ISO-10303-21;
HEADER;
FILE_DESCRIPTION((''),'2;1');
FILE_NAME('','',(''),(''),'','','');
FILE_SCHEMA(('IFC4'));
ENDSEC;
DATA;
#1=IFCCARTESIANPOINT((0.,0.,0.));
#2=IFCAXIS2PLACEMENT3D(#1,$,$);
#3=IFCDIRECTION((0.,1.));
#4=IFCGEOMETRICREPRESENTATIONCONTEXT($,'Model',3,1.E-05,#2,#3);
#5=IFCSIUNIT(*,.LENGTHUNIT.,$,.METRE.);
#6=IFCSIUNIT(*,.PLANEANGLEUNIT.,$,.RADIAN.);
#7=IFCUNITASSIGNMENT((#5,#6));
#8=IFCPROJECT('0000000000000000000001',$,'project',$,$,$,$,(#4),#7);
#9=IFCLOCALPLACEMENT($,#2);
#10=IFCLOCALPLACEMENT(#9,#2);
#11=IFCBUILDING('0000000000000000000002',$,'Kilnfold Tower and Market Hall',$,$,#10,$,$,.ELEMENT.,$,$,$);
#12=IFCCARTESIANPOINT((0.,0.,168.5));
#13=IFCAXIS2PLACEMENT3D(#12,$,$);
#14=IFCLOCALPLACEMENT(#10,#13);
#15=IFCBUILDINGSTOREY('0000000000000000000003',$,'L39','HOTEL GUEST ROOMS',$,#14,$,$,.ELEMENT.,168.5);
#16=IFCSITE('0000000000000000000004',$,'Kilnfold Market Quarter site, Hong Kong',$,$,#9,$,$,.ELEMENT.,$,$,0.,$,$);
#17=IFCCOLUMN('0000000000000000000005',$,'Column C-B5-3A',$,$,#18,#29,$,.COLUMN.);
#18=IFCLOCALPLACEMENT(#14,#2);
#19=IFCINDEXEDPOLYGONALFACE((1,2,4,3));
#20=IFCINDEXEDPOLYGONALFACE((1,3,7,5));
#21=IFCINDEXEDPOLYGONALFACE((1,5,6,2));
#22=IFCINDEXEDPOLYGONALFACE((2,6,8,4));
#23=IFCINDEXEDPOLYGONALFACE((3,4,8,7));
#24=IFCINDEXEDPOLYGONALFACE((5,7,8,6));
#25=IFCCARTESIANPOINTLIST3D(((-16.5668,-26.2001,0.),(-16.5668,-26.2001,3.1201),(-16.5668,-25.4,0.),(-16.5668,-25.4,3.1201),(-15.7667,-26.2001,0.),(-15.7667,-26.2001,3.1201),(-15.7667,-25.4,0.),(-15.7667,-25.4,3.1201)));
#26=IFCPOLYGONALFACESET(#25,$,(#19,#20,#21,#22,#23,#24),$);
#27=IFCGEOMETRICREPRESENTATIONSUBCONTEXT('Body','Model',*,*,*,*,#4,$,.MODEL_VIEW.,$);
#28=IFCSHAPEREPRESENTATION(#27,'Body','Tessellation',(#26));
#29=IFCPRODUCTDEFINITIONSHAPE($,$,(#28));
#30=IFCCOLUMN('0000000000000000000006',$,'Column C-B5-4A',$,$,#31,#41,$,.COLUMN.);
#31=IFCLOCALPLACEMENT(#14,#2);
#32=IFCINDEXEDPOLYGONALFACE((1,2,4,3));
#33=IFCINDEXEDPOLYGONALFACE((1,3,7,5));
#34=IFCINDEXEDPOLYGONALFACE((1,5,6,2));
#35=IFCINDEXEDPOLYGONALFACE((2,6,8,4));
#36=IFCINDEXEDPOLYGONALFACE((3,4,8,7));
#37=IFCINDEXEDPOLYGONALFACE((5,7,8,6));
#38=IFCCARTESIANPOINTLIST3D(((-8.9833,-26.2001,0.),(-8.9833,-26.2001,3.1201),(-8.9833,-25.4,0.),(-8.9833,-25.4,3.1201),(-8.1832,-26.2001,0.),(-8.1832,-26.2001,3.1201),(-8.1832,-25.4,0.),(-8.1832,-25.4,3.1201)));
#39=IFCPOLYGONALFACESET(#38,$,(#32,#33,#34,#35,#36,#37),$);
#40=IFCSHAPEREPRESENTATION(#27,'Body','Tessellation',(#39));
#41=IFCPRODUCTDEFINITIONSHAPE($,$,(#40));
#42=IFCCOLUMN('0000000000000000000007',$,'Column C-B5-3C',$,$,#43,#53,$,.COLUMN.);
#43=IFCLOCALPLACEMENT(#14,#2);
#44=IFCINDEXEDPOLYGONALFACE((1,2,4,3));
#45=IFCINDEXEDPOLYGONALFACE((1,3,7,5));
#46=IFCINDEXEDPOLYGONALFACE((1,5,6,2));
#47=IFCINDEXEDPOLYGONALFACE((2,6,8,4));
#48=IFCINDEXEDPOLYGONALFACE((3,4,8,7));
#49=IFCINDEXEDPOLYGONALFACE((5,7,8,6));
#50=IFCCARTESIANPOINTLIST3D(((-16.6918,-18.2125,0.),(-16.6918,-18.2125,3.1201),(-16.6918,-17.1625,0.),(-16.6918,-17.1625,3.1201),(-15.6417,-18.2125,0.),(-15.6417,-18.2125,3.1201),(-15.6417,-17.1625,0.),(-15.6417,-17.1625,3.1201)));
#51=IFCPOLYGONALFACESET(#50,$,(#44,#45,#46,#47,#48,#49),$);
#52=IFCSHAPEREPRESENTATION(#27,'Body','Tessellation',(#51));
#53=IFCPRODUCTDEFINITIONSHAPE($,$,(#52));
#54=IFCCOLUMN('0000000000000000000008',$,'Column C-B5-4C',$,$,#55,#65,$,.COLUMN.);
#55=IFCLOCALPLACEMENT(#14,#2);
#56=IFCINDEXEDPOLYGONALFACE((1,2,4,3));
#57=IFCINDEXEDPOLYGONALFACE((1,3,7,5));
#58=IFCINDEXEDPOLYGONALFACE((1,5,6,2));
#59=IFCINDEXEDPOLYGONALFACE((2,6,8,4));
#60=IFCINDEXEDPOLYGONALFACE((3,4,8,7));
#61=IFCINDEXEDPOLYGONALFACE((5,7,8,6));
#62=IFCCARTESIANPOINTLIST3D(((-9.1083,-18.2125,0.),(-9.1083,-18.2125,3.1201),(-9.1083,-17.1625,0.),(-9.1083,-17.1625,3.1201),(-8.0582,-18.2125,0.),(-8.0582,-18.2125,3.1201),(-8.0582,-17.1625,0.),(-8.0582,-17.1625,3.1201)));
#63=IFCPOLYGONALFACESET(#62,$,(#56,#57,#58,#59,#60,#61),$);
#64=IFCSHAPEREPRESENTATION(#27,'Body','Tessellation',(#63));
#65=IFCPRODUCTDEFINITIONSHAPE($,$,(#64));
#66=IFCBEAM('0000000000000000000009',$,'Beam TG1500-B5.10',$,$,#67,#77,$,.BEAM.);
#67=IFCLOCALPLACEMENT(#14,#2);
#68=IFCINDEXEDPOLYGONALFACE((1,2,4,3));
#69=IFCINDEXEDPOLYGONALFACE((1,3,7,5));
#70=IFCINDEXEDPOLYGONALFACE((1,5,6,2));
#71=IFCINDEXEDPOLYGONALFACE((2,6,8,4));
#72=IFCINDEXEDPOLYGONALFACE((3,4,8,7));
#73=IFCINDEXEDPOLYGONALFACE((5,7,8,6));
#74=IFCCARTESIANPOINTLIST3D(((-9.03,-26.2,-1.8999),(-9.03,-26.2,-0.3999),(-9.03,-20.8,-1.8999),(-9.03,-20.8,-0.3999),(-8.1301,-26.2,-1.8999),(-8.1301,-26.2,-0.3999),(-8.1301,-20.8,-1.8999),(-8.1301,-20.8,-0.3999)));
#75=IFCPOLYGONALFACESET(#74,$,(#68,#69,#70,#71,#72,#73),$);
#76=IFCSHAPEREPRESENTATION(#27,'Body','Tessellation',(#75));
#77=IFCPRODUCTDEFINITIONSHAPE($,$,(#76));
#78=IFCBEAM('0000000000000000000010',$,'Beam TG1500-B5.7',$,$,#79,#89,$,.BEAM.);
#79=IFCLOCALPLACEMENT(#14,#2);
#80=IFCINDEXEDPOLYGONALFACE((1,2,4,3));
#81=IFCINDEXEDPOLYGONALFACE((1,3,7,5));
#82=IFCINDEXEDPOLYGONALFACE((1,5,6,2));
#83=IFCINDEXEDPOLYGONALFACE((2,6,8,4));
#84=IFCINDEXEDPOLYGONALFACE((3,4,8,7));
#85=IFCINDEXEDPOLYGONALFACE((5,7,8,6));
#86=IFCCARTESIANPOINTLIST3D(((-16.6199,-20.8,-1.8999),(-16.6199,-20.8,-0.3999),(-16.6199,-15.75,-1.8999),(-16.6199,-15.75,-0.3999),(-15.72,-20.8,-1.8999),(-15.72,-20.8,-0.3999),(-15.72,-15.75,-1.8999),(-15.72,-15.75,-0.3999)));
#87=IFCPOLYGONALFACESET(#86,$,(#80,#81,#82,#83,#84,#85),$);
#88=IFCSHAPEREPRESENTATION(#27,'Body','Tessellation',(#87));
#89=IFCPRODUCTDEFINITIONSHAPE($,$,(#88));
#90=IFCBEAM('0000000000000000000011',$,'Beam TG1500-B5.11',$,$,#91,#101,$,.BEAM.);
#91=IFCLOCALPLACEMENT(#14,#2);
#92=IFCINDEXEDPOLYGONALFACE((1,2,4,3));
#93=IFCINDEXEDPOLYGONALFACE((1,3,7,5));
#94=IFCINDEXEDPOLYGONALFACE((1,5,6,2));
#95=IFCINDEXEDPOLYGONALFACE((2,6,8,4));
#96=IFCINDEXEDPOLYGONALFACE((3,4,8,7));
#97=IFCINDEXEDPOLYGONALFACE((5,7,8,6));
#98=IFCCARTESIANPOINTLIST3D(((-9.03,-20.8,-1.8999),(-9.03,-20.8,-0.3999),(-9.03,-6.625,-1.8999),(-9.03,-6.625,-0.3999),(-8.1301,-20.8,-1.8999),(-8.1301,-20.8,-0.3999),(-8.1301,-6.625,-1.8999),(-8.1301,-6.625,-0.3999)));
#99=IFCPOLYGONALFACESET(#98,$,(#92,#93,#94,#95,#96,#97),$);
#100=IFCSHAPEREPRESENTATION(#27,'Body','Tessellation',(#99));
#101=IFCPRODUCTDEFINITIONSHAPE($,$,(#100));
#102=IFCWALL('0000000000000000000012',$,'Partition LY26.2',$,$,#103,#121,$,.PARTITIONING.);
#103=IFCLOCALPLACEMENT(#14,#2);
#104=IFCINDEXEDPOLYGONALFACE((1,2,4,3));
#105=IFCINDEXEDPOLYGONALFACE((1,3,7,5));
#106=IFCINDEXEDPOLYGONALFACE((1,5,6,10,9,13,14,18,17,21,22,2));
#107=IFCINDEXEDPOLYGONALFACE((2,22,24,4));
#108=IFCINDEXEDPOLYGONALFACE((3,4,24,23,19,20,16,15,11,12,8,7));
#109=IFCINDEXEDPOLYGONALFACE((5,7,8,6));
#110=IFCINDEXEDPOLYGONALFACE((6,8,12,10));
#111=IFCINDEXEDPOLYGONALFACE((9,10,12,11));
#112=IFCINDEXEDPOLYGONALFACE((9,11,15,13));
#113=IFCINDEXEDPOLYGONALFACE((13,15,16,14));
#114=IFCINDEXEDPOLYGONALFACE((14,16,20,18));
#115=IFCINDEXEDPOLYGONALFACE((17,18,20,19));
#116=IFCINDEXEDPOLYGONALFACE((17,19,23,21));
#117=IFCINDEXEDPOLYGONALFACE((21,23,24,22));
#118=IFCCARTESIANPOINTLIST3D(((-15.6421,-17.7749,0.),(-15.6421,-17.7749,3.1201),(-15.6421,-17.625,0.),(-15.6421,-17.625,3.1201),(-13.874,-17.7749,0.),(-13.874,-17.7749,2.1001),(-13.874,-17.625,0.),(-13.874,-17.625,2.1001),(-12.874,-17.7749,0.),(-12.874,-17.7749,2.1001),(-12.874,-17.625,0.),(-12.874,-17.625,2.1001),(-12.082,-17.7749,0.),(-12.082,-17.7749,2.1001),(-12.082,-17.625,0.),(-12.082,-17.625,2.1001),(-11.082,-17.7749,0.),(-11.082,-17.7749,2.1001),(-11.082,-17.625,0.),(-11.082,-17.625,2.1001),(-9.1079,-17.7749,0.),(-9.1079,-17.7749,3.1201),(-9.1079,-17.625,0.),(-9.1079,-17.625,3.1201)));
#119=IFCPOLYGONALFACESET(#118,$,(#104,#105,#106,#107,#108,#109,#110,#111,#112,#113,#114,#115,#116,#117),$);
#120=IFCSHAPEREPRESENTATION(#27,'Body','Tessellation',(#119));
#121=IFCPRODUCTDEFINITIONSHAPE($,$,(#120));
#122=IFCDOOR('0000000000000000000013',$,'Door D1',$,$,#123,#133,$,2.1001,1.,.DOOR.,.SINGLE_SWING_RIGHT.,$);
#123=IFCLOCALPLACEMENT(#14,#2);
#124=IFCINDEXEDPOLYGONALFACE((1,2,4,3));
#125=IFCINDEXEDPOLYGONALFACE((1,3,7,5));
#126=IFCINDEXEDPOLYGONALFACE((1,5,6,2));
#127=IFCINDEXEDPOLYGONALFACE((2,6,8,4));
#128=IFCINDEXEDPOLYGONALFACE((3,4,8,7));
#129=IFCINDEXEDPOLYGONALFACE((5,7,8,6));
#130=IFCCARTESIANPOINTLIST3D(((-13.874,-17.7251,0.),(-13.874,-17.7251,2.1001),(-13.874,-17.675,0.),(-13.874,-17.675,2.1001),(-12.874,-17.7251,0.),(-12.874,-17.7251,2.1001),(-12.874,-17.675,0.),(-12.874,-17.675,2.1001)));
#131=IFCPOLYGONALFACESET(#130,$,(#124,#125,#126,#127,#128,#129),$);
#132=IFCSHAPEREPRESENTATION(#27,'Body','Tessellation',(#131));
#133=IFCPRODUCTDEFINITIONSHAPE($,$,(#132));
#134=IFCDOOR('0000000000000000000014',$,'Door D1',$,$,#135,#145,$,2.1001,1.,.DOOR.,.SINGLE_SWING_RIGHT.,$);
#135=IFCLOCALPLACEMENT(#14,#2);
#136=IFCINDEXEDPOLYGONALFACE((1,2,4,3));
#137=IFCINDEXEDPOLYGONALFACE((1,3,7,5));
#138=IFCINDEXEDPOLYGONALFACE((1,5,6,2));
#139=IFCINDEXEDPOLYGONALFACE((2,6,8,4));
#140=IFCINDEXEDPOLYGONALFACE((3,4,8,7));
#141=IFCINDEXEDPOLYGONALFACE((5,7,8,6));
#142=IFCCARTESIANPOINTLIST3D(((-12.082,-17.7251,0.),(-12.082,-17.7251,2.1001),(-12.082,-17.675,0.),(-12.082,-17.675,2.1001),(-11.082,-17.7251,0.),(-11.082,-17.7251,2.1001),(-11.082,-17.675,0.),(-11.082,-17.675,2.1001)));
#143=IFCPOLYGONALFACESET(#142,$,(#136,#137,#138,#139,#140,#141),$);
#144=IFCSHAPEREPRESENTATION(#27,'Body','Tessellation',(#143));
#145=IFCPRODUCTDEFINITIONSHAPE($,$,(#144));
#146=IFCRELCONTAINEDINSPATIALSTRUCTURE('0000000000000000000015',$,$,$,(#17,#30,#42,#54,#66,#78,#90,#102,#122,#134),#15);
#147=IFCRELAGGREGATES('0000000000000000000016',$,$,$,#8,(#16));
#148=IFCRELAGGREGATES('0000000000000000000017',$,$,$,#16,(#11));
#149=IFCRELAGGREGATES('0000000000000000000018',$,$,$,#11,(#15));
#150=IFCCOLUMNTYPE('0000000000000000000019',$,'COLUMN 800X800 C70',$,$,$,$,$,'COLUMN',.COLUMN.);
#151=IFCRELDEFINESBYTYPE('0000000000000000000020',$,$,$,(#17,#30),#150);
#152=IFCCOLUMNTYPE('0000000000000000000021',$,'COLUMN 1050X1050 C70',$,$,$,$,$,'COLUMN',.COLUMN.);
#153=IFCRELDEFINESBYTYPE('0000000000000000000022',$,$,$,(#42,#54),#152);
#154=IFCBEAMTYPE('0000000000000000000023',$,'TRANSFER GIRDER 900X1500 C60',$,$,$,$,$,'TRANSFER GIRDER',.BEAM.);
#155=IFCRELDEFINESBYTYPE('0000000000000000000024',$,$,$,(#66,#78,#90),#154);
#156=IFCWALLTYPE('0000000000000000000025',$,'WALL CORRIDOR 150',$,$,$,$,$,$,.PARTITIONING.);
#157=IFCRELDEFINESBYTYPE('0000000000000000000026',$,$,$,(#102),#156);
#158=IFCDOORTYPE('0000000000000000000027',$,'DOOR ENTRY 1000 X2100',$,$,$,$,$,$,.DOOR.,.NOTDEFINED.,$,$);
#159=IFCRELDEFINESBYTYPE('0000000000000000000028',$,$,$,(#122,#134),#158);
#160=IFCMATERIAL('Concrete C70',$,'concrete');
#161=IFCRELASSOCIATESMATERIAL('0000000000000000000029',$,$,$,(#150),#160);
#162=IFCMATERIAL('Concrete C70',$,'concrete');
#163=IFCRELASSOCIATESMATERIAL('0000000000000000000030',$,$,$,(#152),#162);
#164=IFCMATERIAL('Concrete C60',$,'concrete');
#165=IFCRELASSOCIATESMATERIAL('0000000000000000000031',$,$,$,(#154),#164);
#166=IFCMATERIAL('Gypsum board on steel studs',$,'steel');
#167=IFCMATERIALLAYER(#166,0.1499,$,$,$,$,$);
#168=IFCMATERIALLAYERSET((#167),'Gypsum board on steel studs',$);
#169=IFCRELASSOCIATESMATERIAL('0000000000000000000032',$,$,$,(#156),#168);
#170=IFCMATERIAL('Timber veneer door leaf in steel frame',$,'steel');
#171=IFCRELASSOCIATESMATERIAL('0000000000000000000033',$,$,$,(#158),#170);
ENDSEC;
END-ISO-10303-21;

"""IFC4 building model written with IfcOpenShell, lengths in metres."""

from ifc_helpers import new_model, si_unit, direction, frame, frame_2d, origin, origin_2d, place, context, subcontext, project, spatial, rectangle, extrude, source, transform, mapped, material, layer, layer_set, material_profile, profile_set, type_object, element, fill, save


model = new_model("IFC4")

# Units and contexts
model_context = context("Model", 3, precision=1e-05, world=origin(), true_north=direction((0.0, 1.0)))
body_context = subcontext(model_context, "Body", "Model", "MODEL_VIEW")
ifc_project = project(units=[si_unit("LENGTHUNIT", "METRE"), si_unit("PLANEANGLEUNIT", "RADIAN")], contexts=[model_context])

# Site, building, storey
site_placement = place(None, origin())
site = spatial("IfcSite", under=ifc_project, at=site_placement, Name="Kilnfold Market Quarter site, Hong Kong", CompositionType="ELEMENT", RefElevation=0.0)
building_placement = place(site_placement, origin())
building = spatial("IfcBuilding", under=site, at=building_placement, Name="Kilnfold Tower and Market Hall", CompositionType="ELEMENT")
storey_placement = place(building_placement, frame((0.0, 0.0, 168.5)))
storey = spatial("IfcBuildingStorey", under=building, at=storey_placement, Name="L39", Description="HOTEL GUEST ROOMS", CompositionType="ELEMENT", Elevation=168.5)

# Columns
ifc_material_1 = material(Name="Concrete C70", Category="concrete")
ifc_material_profile_1 = material_profile(ifc_material_1, rectangle(XDim=0.8, YDim=0.8, at=origin_2d()), Name="RC 800x800")
ifc_profile_set_1 = profile_set([ifc_material_profile_1], Name="Concrete C70")
column_type_1 = type_object("IfcColumnType", Name="COLUMN 800X800 C70", ElementType="COLUMN", PredefinedType="COLUMN", material=ifc_profile_set_1)
shared_shape_1 = source(origin(), body_context, "Body", "SweptSolid", [
    extrude(rectangle(XDim=0.8, YDim=0.8, at=origin_2d()), origin(), (0.0, 0.0, 1.0), 3.1201),
])
for number, where, z_axis, x_axis, name in (
    (1, (-16.1667, -25.8, 0.0), (0.0, 0.0, 1.0), (1.0, 0.0, 0.0), "Column C-B5-3A"),
    (2, (-8.5833, -25.8, 0.0), (0.0, 0.0, 1.0), (1.0, 0.0, 0.0), "Column C-B5-4A"),
):
    element("IfcColumn", number, at=place(storey_placement, frame(where, z_axis=z_axis, x_axis=x_axis)), inside=storey, type_object=column_type_1, Name=name, PredefinedType="COLUMN", context=body_context, shape_type="MappedRepresentation", body=[
        mapped(shared_shape_1, transform((0.0, 0.0, 0.0))),
    ])
ifc_material_2 = material(Name="Concrete C70", Category="concrete")
ifc_material_profile_2 = material_profile(ifc_material_2, rectangle(XDim=1.05, YDim=1.05, at=origin_2d()), Name="RC 1050x1050")
ifc_profile_set_2 = profile_set([ifc_material_profile_2], Name="Concrete C70")
column_type_2 = type_object("IfcColumnType", Name="COLUMN 1050X1050 C70", ElementType="COLUMN", PredefinedType="COLUMN", material=ifc_profile_set_2)
shared_shape_2 = source(origin(), body_context, "Body", "SweptSolid", [
    extrude(rectangle(XDim=1.05, YDim=1.05, at=origin_2d()), origin(), (0.0, 0.0, 1.0), 3.1201),
])
for number, where, z_axis, x_axis, name in (
    (3, (-16.1667, -17.6875, 0.0), (0.0, 0.0, 1.0), (1.0, 0.0, 0.0), "Column C-B5-3C"),
    (4, (-8.5833, -17.6875, 0.0), (0.0, 0.0, 1.0), (1.0, 0.0, 0.0), "Column C-B5-4C"),
):
    element("IfcColumn", number, at=place(storey_placement, frame(where, z_axis=z_axis, x_axis=x_axis)), inside=storey, type_object=column_type_2, Name=name, PredefinedType="COLUMN", context=body_context, shape_type="MappedRepresentation", body=[
        mapped(shared_shape_2, transform((0.0, 0.0, 0.0))),
    ])

# Beams
ifc_material_3 = material(Name="Concrete C60", Category="concrete")
ifc_material_profile_3 = material_profile(ifc_material_3, rectangle(XDim=0.8999, YDim=1.5, at=origin_2d()), Name="RC 900x1500")
ifc_profile_set_3 = profile_set([ifc_material_profile_3], Name="Concrete C60")
beam_type = type_object("IfcBeamType", Name="TRANSFER GIRDER 900X1500 C60", ElementType="TRANSFER GIRDER", PredefinedType="BEAM", material=ifc_profile_set_3)
shared_shape_3 = source(origin(), body_context, "Body", "SweptSolid", [
    extrude(rectangle(XDim=0.8999, YDim=1.5, at=origin_2d()), origin(), (0.0, 0.0, 1.0), 5.3999),
])
beam_1_placement = place(storey_placement, frame((-8.5801, -26.2, -1.1499), z_axis=(0.0, 1.0, 0.0), x_axis=(-1.0, 0.0, 0.0)))
element("IfcBeam", 5, at=beam_1_placement, inside=storey, type_object=beam_type, Name="Beam TG1500-B5.10", PredefinedType="BEAM", context=body_context, shape_type="MappedRepresentation", body=[
    mapped(shared_shape_3, transform((0.0, 0.0, 0.0))),
])
shared_shape_4 = source(origin(), body_context, "Body", "SweptSolid", [
    extrude(rectangle(XDim=0.8999, YDim=1.5, at=origin_2d()), origin(), (0.0, 0.0, 1.0), 5.05),
])
beam_2_placement = place(storey_placement, frame((-16.1699, -20.8, -1.1499), z_axis=(0.0, 1.0, 0.0), x_axis=(-1.0, 0.0, 0.0)))
element("IfcBeam", 6, at=beam_2_placement, inside=storey, type_object=beam_type, Name="Beam TG1500-B5.7", PredefinedType="BEAM", context=body_context, shape_type="MappedRepresentation", body=[
    mapped(shared_shape_4, transform((0.0, 0.0, 0.0))),
])
shared_shape_5 = source(origin(), body_context, "Body", "SweptSolid", [
    extrude(rectangle(XDim=0.8999, YDim=1.5, at=origin_2d()), origin(), (0.0, 0.0, 1.0), 14.175),
])
beam_3_placement = place(storey_placement, frame((-8.5801, -20.8, -1.1499), z_axis=(0.0, 1.0, 0.0), x_axis=(-1.0, 0.0, 0.0)))
element("IfcBeam", 7, at=beam_3_placement, inside=storey, type_object=beam_type, Name="Beam TG1500-B5.11", PredefinedType="BEAM", context=body_context, shape_type="MappedRepresentation", body=[
    mapped(shared_shape_5, transform((0.0, 0.0, 0.0))),
])

# Wall, openings, doors
ifc_material_4 = material(Name="Gypsum board on steel studs", Category="steel")
ifc_layer_1 = layer(ifc_material_4, 0.1499)
ifc_layer_set_1 = layer_set([ifc_layer_1], Name="Gypsum board on steel studs")
wall_type_1 = type_object("IfcWallType", Name="WALL CORRIDOR 150", PredefinedType="PARTITIONING", material=ifc_layer_set_1)
wall_1_placement = place(storey_placement, frame((-15.6421, -17.7, 0.0), z_axis=(0.0, 0.0, 1.0), x_axis=(1.0, 0.0, 0.0)))
wall_1 = element("IfcWall", 8, at=wall_1_placement, inside=storey, type_object=wall_type_1, Name="Partition LY26.2", PredefinedType="PARTITIONING", context=body_context, shape_type="SweptSolid", body=[
    extrude(rectangle(XDim=6.5342, YDim=0.1499, at=frame_2d((3.2671, 0.0))), origin(), (0.0, 0.0, 1.0), 3.1201),
])
opening_1_placement = place(wall_1_placement, frame((1.7681, 0.0, 0.0)))
opening_1 = element("IfcOpeningElement", 9, at=opening_1_placement, cuts=wall_1, PredefinedType="OPENING", context=body_context, shape_type="SweptSolid", body=[
    extrude(rectangle(XDim=1.0, YDim=2.1001, at=frame_2d((0.5, 1.05))), frame((0.0, 0.085, 0.0), z_axis=(0.0, -1.0, 0.0), x_axis=(1.0, 0.0, 0.0)), (0.0, 0.0, 1.0), 0.1699),
])
opening_2_placement = place(wall_1_placement, frame((3.5601, 0.0, 0.0)))
opening_2 = element("IfcOpeningElement", 10, at=opening_2_placement, cuts=wall_1, PredefinedType="OPENING", context=body_context, shape_type="SweptSolid", body=[
    extrude(rectangle(XDim=1.0, YDim=2.1001, at=frame_2d((0.5, 1.05))), frame((0.0, 0.085, 0.0), z_axis=(0.0, -1.0, 0.0), x_axis=(1.0, 0.0, 0.0)), (0.0, 0.0, 1.0), 0.1699),
])
ifc_material_5 = material(Name="Timber veneer door leaf in steel frame", Category="steel")
door_type_1 = type_object("IfcDoorType", Name="DOOR ENTRY 1000 X2100", OperationType="NOTDEFINED", PredefinedType="DOOR", material=ifc_material_5)
door_1_placement = place(opening_1_placement, origin())
door_1 = element("IfcDoor", 11, at=door_1_placement, inside=storey, type_object=door_type_1, Name="Door D1", OperationType="SINGLE_SWING_RIGHT", OverallHeight=2.1001, OverallWidth=1.0, PredefinedType="DOOR", context=body_context, shape_type="SweptSolid", body=[
    extrude(rectangle(XDim=1.0, YDim=2.1001, at=frame_2d((0.5, 1.05))), frame((0.0, 0.0249, 0.0), z_axis=(0.0, -1.0, 0.0), x_axis=(1.0, 0.0, 0.0)), (0.0, 0.0, 1.0), 0.05),
])
fill(opening_1, door_1)
door_2_placement = place(opening_2_placement, origin())
door_2 = element("IfcDoor", 12, at=door_2_placement, inside=storey, type_object=door_type_1, Name="Door D1", OperationType="SINGLE_SWING_RIGHT", OverallHeight=2.1001, OverallWidth=1.0, PredefinedType="DOOR", context=body_context, shape_type="SweptSolid", body=[
    extrude(rectangle(XDim=1.0, YDim=2.1001, at=frame_2d((0.5, 1.05))), frame((0.0, 0.0249, 0.0), z_axis=(0.0, -1.0, 0.0), x_axis=(1.0, 0.0, 0.0)), (0.0, 0.0, 1.0), 0.05),
])
fill(opening_2, door_2)

save(model, "model.ifc")
